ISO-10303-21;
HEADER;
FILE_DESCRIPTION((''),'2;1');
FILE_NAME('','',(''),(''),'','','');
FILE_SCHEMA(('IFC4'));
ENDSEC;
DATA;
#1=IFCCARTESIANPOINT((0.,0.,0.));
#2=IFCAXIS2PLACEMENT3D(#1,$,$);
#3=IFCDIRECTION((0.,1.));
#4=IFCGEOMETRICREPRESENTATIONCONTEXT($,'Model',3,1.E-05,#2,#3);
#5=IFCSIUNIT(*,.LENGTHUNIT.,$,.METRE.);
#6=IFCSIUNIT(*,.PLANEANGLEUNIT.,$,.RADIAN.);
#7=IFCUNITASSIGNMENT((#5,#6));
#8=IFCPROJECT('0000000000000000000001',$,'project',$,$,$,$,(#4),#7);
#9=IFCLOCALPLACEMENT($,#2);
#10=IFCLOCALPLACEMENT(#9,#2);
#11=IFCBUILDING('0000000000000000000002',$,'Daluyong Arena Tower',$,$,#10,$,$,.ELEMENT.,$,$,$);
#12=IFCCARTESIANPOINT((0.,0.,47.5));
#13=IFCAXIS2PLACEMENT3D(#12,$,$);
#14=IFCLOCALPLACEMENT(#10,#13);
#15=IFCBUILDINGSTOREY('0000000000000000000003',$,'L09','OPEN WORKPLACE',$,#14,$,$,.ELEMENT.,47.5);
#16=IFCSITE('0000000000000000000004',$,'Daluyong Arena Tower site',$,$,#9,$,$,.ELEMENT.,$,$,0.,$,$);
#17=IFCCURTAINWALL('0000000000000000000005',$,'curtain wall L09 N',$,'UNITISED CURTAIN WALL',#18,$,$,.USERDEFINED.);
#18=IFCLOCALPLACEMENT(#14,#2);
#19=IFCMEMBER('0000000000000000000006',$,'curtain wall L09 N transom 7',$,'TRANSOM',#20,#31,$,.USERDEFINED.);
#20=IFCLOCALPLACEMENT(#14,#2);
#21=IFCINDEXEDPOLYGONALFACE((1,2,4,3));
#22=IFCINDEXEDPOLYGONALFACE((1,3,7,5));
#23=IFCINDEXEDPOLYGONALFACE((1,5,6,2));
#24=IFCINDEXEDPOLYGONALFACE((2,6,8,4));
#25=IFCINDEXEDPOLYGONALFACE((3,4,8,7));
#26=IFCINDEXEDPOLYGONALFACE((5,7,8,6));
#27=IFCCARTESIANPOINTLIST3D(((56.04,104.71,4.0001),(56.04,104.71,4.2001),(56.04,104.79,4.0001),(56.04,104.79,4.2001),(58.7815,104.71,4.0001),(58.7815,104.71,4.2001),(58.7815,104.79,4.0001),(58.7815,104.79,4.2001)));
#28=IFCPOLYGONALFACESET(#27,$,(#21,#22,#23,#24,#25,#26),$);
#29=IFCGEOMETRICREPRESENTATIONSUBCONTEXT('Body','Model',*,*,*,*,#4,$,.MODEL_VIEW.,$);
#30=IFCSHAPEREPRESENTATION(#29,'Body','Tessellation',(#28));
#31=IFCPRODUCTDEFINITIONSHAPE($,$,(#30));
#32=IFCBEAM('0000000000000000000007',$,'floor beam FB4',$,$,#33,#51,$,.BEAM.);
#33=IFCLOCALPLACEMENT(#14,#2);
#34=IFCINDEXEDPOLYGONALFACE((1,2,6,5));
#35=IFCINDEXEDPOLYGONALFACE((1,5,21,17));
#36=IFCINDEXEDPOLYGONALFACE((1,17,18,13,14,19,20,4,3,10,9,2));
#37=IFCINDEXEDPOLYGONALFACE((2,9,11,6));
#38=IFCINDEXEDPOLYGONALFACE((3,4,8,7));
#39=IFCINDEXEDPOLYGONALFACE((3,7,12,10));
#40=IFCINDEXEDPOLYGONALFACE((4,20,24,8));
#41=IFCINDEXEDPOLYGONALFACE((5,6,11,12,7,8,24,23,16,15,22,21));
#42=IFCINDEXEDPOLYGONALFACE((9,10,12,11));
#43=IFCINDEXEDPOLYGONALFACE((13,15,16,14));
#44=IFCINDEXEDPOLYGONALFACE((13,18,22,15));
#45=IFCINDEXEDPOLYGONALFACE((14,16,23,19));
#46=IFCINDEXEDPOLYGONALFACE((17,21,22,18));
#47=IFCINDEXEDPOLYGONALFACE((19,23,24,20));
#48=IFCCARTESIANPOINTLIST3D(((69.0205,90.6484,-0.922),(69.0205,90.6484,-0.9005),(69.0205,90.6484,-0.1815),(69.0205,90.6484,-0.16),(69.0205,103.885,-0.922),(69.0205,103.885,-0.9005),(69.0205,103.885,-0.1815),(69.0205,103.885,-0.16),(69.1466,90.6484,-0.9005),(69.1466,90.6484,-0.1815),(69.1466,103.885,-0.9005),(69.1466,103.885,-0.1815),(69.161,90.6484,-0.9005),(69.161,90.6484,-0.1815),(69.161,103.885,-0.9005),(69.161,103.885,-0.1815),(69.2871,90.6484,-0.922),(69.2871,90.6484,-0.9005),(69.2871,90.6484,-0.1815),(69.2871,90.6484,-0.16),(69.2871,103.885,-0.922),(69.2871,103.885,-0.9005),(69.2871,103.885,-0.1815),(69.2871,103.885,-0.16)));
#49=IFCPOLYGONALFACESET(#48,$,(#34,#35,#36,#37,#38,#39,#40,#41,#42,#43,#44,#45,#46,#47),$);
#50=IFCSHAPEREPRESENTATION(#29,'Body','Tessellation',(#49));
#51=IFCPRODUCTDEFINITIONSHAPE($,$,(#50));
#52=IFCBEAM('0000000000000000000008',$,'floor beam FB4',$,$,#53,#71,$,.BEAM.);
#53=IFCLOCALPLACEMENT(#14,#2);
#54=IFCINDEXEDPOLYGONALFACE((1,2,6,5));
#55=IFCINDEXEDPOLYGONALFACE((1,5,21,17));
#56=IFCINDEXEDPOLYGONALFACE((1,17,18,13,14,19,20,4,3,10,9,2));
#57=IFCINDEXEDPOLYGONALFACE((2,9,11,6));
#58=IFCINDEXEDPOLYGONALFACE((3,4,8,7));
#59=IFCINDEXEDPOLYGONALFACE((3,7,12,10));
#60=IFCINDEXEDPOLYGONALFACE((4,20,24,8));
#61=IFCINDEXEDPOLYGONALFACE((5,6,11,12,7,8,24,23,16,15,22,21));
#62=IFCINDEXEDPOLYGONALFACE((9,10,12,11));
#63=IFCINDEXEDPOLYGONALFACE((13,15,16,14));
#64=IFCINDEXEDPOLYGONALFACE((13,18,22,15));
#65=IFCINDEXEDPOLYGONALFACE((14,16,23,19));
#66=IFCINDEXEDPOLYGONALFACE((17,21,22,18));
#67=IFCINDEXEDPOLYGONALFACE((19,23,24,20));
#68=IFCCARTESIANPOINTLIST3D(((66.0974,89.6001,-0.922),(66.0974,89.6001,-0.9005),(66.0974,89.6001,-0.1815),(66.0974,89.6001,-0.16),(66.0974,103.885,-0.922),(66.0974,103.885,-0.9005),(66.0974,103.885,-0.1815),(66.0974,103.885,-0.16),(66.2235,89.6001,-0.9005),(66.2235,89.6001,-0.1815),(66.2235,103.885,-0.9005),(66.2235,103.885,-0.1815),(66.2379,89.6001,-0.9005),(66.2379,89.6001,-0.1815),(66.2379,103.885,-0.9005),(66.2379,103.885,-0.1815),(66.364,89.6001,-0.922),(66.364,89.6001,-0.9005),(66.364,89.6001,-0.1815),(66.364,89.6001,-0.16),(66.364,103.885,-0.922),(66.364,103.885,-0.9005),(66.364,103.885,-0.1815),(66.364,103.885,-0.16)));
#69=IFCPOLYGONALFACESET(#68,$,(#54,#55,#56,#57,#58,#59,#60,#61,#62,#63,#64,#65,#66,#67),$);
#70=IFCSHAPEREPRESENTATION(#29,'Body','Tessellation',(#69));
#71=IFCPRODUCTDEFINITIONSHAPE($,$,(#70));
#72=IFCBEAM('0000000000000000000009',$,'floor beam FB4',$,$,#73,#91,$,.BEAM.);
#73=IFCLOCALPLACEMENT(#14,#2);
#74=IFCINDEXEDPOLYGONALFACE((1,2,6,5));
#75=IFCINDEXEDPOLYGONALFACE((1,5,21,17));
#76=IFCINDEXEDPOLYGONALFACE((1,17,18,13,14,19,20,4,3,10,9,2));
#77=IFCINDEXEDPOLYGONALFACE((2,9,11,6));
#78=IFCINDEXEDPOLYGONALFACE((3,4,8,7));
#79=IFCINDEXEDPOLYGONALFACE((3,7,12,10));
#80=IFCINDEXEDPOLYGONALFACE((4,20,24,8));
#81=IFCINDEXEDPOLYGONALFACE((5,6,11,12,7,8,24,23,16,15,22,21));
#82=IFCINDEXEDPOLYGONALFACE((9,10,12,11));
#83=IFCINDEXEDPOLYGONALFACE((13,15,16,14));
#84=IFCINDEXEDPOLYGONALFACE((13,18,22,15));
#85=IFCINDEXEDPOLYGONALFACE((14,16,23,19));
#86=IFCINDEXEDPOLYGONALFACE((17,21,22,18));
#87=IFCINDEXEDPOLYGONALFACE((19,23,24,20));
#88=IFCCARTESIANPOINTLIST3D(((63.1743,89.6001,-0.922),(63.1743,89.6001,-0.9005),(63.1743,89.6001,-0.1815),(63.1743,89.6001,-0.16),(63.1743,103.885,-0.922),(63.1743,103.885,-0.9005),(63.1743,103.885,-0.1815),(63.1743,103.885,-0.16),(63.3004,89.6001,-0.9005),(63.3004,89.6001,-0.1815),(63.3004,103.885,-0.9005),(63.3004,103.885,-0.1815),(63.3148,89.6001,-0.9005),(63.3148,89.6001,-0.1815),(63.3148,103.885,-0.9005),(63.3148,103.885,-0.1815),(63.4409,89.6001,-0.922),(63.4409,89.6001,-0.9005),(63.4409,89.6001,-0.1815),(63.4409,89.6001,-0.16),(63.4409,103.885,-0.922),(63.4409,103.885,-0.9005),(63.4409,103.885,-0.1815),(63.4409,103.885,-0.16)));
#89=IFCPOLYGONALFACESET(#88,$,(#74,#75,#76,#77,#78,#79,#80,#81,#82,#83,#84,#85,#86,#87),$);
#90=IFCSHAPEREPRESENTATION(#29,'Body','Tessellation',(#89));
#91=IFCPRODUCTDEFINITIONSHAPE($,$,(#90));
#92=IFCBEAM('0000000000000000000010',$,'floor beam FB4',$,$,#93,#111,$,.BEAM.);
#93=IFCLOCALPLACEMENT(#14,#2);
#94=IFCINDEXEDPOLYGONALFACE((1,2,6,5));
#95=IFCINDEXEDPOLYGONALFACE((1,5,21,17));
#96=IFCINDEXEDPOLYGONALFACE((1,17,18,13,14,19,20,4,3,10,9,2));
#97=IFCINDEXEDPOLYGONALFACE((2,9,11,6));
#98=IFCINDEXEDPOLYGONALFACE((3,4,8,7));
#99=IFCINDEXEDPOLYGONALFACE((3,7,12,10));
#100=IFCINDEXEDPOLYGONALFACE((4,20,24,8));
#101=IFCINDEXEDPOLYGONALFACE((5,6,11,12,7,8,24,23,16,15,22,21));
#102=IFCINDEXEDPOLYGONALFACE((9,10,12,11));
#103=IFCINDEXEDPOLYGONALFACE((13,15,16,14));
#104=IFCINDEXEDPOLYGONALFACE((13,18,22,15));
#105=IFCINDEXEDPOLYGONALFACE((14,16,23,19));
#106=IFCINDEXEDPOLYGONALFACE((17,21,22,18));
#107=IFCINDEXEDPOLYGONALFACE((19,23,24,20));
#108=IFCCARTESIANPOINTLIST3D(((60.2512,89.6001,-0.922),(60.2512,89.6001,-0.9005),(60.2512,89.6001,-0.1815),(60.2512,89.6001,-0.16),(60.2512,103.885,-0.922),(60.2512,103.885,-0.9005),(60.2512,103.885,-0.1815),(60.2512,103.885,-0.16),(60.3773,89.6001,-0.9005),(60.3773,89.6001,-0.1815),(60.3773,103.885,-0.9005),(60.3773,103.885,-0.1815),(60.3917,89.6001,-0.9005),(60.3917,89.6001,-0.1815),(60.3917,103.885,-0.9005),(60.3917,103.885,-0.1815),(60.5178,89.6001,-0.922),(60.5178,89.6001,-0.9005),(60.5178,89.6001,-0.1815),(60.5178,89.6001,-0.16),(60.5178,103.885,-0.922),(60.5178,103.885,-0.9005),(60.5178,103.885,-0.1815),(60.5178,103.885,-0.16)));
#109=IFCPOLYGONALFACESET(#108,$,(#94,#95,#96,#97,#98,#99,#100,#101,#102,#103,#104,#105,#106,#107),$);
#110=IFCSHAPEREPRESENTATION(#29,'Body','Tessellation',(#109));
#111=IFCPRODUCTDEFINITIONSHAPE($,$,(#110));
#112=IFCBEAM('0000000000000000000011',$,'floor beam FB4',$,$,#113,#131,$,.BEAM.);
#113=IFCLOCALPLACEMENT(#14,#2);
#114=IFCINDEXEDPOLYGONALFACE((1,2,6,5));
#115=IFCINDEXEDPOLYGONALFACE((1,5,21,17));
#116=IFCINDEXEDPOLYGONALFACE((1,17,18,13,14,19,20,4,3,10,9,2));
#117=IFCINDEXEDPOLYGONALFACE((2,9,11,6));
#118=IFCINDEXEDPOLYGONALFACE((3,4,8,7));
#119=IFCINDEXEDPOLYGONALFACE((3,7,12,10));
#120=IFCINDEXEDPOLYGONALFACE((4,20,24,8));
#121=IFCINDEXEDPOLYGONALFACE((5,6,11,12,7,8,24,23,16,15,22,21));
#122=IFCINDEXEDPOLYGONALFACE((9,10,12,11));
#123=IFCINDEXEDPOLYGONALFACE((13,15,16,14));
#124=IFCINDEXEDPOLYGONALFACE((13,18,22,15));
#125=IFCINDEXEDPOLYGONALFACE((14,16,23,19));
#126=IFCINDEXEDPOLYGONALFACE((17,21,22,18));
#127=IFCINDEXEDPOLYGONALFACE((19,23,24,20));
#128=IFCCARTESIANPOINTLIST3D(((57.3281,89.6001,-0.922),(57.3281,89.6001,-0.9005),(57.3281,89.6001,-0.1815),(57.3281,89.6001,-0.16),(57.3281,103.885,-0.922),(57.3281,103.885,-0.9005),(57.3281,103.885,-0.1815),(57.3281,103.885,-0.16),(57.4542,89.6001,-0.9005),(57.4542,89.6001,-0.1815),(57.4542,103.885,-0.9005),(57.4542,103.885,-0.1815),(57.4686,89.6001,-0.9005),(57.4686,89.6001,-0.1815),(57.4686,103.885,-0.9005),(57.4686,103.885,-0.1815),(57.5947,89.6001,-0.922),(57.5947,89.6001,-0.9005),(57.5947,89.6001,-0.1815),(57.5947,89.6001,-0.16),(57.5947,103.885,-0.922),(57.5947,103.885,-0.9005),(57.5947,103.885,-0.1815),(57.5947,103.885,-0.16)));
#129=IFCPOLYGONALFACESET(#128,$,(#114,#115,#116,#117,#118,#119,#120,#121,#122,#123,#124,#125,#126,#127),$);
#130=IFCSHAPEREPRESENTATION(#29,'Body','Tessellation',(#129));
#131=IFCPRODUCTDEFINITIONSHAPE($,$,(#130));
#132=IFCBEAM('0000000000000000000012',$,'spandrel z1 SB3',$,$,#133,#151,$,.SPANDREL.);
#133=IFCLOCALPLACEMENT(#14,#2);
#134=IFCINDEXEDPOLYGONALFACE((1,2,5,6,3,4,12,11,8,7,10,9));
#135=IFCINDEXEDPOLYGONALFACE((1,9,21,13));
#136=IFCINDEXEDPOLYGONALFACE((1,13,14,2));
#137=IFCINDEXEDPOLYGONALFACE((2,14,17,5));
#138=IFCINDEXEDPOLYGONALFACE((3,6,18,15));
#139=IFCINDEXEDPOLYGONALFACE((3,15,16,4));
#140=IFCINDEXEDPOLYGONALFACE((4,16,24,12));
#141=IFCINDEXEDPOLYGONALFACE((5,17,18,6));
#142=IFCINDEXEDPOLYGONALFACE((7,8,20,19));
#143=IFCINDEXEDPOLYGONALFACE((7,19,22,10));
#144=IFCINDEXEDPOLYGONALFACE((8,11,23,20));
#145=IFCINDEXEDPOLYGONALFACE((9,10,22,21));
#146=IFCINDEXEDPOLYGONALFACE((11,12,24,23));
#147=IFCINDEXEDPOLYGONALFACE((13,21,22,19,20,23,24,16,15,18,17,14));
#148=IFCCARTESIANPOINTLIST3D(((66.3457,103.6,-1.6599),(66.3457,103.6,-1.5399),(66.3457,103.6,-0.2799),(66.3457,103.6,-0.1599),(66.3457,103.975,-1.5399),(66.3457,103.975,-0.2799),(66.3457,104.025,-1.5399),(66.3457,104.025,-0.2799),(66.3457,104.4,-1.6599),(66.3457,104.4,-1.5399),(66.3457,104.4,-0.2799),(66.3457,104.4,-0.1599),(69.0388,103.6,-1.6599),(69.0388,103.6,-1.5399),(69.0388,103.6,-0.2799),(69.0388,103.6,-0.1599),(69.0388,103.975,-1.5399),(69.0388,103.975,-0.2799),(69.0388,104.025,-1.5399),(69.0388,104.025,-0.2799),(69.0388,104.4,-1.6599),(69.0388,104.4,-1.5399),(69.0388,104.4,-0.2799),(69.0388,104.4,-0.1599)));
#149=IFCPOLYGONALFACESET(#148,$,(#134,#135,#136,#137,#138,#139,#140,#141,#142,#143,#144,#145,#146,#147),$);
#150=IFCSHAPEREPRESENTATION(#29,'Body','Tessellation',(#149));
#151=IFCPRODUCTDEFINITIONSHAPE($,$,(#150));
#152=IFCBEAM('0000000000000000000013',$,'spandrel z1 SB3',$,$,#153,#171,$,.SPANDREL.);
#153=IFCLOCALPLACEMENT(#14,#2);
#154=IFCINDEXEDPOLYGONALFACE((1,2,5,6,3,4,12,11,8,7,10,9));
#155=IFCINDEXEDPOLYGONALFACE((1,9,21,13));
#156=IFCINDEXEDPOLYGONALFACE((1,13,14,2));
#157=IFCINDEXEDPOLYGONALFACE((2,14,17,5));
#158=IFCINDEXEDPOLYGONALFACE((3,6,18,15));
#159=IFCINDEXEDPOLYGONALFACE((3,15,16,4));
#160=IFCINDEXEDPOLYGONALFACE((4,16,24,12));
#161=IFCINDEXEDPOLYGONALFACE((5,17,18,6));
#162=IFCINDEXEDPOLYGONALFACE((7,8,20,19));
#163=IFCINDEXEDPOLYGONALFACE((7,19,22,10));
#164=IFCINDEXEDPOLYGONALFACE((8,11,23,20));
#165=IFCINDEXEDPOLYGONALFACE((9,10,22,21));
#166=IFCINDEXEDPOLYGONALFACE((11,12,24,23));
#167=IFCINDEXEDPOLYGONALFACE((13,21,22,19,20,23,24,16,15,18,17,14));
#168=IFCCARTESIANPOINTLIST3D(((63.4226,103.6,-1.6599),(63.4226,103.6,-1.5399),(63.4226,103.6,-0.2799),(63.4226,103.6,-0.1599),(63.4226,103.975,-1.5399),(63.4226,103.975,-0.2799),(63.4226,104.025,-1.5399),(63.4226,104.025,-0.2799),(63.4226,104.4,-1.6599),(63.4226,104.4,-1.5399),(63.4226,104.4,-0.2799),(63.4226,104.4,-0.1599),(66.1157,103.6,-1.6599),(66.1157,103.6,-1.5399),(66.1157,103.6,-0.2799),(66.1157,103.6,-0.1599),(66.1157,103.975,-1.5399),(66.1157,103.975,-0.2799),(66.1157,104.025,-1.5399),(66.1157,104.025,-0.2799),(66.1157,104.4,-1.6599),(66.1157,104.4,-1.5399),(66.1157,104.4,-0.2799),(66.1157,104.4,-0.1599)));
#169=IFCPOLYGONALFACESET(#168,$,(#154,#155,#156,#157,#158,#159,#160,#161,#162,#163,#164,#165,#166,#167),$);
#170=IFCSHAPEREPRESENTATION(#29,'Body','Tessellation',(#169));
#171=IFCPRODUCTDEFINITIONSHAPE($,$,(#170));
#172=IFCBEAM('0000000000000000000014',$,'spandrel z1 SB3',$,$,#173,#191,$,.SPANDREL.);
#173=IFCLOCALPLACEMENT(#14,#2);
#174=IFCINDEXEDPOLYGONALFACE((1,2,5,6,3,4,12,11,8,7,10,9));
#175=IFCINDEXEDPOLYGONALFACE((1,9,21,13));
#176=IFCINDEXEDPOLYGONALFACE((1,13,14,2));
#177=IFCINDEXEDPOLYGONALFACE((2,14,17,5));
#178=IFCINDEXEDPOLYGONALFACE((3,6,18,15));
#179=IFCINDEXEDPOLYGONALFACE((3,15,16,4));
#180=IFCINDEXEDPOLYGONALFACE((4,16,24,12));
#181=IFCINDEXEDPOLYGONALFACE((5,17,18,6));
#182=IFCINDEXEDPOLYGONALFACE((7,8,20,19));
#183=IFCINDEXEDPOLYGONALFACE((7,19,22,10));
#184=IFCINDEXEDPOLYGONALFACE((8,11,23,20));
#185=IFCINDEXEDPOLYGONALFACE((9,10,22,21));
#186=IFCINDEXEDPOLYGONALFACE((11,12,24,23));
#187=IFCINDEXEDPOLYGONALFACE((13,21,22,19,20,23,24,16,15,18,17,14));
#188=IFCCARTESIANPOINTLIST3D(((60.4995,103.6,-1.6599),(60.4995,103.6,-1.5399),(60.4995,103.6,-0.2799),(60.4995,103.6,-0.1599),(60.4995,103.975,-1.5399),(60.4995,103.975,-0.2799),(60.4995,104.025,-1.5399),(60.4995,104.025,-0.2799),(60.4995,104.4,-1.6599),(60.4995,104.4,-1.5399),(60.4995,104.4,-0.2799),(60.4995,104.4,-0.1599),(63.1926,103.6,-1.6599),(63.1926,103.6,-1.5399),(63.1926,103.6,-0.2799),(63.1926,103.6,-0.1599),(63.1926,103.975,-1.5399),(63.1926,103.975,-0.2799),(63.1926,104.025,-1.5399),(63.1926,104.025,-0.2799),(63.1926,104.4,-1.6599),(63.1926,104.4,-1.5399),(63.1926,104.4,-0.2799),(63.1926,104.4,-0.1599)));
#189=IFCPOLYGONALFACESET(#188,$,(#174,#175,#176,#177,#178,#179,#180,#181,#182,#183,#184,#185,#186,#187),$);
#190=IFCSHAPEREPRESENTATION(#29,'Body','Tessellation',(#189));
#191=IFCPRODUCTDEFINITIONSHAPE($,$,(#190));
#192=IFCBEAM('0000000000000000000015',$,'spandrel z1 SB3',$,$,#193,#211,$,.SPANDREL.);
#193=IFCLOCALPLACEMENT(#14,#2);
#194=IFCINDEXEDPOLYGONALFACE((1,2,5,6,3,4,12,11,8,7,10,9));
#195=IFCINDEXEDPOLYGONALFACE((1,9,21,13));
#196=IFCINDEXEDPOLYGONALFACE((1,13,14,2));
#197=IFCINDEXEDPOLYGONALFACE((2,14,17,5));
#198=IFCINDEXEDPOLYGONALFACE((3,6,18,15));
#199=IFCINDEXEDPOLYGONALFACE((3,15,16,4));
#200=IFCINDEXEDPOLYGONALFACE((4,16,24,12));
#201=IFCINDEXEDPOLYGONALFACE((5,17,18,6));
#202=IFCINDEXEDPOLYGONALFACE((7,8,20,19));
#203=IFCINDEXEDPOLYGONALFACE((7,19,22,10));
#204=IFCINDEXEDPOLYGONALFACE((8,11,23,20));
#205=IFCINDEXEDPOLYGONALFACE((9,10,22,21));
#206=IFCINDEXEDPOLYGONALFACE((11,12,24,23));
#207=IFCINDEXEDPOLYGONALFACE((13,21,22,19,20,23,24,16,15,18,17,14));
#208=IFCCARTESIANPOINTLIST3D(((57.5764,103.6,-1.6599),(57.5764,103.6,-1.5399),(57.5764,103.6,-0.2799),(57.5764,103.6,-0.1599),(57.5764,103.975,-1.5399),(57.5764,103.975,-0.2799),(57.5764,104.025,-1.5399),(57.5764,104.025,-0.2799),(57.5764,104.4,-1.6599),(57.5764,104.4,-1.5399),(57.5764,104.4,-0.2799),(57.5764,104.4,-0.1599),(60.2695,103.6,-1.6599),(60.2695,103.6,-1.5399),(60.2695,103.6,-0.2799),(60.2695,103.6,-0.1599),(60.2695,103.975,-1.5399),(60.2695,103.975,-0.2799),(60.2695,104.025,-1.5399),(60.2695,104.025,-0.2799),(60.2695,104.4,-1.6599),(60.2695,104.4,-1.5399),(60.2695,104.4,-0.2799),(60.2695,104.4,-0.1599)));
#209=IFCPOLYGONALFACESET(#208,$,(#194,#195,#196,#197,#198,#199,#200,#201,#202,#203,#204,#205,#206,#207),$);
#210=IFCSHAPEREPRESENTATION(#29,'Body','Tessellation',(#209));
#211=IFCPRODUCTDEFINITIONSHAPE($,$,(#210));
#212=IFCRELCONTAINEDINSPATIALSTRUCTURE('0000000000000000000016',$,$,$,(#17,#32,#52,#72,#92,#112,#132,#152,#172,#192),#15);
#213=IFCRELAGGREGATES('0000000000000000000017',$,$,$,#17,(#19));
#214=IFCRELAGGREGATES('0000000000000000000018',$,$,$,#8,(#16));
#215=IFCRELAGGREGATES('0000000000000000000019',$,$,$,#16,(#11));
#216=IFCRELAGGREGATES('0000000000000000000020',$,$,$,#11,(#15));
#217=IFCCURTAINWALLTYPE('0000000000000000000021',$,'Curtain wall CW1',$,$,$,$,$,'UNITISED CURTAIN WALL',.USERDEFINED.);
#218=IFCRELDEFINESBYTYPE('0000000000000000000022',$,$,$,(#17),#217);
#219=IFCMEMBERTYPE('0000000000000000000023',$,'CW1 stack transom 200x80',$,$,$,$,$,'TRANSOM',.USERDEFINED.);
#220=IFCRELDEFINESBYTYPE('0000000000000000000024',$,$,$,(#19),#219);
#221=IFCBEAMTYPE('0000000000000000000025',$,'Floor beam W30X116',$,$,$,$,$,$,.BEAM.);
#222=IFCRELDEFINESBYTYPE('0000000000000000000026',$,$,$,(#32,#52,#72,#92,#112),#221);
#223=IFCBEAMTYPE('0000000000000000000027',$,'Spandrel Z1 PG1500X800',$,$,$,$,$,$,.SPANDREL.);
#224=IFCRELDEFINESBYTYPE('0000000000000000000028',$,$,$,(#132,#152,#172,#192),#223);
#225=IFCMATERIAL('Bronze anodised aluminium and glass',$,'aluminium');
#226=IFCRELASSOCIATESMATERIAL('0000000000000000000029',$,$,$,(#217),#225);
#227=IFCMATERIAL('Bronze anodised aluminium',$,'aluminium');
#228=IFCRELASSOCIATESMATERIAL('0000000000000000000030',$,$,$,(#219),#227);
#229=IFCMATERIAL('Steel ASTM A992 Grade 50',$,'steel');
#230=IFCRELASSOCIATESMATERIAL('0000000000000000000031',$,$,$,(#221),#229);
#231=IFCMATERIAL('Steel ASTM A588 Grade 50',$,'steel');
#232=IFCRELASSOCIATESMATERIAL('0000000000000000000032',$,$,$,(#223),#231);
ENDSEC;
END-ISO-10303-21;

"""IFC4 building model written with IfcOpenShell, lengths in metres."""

from ifc_helpers import new_model, si_unit, direction, frame, origin, origin_2d, place, context, subcontext, project, spatial, rectangle, i_section, extrude, material, material_profile, profile_set, type_object, element, aggregate, save


model = new_model("IFC4")

# Units and contexts
model_context = context("Model", 3, precision=1e-05, world=origin(), true_north=direction((0.0, 1.0)))
body_context = subcontext(model_context, "Body", "Model", "MODEL_VIEW")
ifc_project = project(units=[si_unit("LENGTHUNIT", "METRE"), si_unit("PLANEANGLEUNIT", "RADIAN")], contexts=[model_context])

# Site, building, storey
site_placement = place(None, origin())
site = spatial("IfcSite", under=ifc_project, at=site_placement, Name="Daluyong Arena Tower site", CompositionType="ELEMENT", RefElevation=0.0)
building_placement = place(site_placement, origin())
building = spatial("IfcBuilding", under=site, at=building_placement, Name="Daluyong Arena Tower", CompositionType="ELEMENT")
storey_placement = place(building_placement, frame((0.0, 0.0, 47.5)))
storey = spatial("IfcBuildingStorey", under=building, at=storey_placement, Name="L09", Description="OPEN WORKPLACE", CompositionType="ELEMENT", Elevation=47.5)

# Curtain wall, member
ifc_material_1 = material(Name="Bronze anodised aluminium and glass", Category="aluminium")
curtain_wall_type = type_object("IfcCurtainWallType", Name="Curtain wall CW1", ElementType="UNITISED CURTAIN WALL", PredefinedType="USERDEFINED", material=ifc_material_1)
curtain_wall_placement = place(storey_placement, origin())
curtain_wall = element("IfcCurtainWall", 1, at=curtain_wall_placement, inside=storey, type_object=curtain_wall_type, Name="curtain wall L09 N", ObjectType="UNITISED CURTAIN WALL", PredefinedType="USERDEFINED")
ifc_material_2 = material(Name="Bronze anodised aluminium", Category="aluminium")
ifc_material_profile_1 = material_profile(ifc_material_2, rectangle(XDim=0.0801, YDim=0.2, at=origin_2d()))
ifc_profile_set_1 = profile_set([ifc_material_profile_1], Name="Bronze anodised aluminium")
member_type_1 = type_object("IfcMemberType", Name="CW1 stack transom 200x80", ElementType="TRANSOM", PredefinedType="USERDEFINED", material=ifc_profile_set_1)
member_1_placement = place(storey_placement, frame((58.7815, 104.75, 4.1001), z_axis=(-1.0, 0.0, 0.0), x_axis=(0.0, -1.0, 0.0)))
member_1 = element("IfcMember", 2, at=member_1_placement, type_object=member_type_1, Name="curtain wall L09 N transom 7", ObjectType="TRANSOM", PredefinedType="USERDEFINED", context=body_context, shape_type="SweptSolid", body=[
    extrude(rectangle(XDim=0.0801, YDim=0.2, at=origin_2d()), origin(), (0.0, 0.0, 1.0), 2.7415),
])

# Beams
ifc_material_3 = material(Name="Steel ASTM A992 Grade 50", Category="steel")
ifc_material_profile_2 = material_profile(ifc_material_3, i_section(OverallWidth=0.2666, OverallDepth=0.762, WebThickness=0.0144, FlangeThickness=0.0215, at=origin_2d()))
ifc_profile_set_2 = profile_set([ifc_material_profile_2], Name="Steel ASTM A992 Grade 50")
beam_type_1 = type_object("IfcBeamType", Name="Floor beam W30X116", PredefinedType="BEAM", material=ifc_profile_set_2)
beam_1_placement = place(storey_placement, frame((69.1538, 103.885, -0.541), z_axis=(0.0, -1.0, 0.0), x_axis=(1.0, 0.0, 0.0)))
element("IfcBeam", 3, at=beam_1_placement, inside=storey, type_object=beam_type_1, Name="floor beam FB4", PredefinedType="BEAM", context=body_context, shape_type="SweptSolid", body=[
    extrude(i_section(OverallWidth=0.2666, OverallDepth=0.762, WebThickness=0.0144, FlangeThickness=0.0215, at=origin_2d()), origin(), (0.0, 0.0, 1.0), 13.2366),
])
for number, where, z_axis, x_axis, name in (
    (4, (66.2307, 103.885, -0.541), (0.0, -1.0, 0.0), (1.0, 0.0, 0.0), "floor beam FB4"),
    (5, (63.3076, 103.885, -0.541), (0.0, -1.0, 0.0), (1.0, 0.0, 0.0), "floor beam FB4"),
    (6, (60.3845, 103.885, -0.541), (0.0, -1.0, 0.0), (1.0, 0.0, 0.0), "floor beam FB4"),
    (7, (57.4614, 103.885, -0.541), (0.0, -1.0, 0.0), (1.0, 0.0, 0.0), "floor beam FB4"),
):
    element("IfcBeam", number, at=place(storey_placement, frame(where, z_axis=z_axis, x_axis=x_axis)), inside=storey, type_object=beam_type_1, Name=name, PredefinedType="BEAM", context=body_context, shape_type="SweptSolid", body=[
        extrude(i_section(OverallWidth=0.2666, OverallDepth=0.762, WebThickness=0.0144, FlangeThickness=0.0215, at=origin_2d()), origin(), (0.0, 0.0, 1.0), 14.2849),
    ])
ifc_material_4 = material(Name="Steel ASTM A588 Grade 50", Category="steel")
ifc_material_profile_3 = material_profile(ifc_material_4, i_section(OverallWidth=0.8, OverallDepth=1.5, WebThickness=0.05, FlangeThickness=0.12, at=origin_2d()))
ifc_profile_set_3 = profile_set([ifc_material_profile_3], Name="Steel ASTM A588 Grade 50")
beam_type_2 = type_object("IfcBeamType", Name="Spandrel Z1 PG1500X800", PredefinedType="SPANDREL", material=ifc_profile_set_3)
for number, where, z_axis, x_axis, name in (
    (8, (69.0388, 104.0, -0.9099), (-1.0, 0.0, 0.0), (0.0, -1.0, 0.0), "spandrel z1 SB3"),
    (9, (66.1157, 104.0, -0.9099), (-1.0, 0.0, 0.0), (0.0, -1.0, 0.0), "spandrel z1 SB3"),
    (10, (63.1926, 104.0, -0.9099), (-1.0, 0.0, 0.0), (0.0, -1.0, 0.0), "spandrel z1 SB3"),
    (11, (60.2695, 104.0, -0.9099), (-1.0, 0.0, 0.0), (0.0, -1.0, 0.0), "spandrel z1 SB3"),
):
    element("IfcBeam", number, at=place(storey_placement, frame(where, z_axis=z_axis, x_axis=x_axis)), inside=storey, type_object=beam_type_2, Name=name, PredefinedType="SPANDREL", context=body_context, shape_type="SweptSolid", body=[
        extrude(i_section(OverallWidth=0.8, OverallDepth=1.5, WebThickness=0.05, FlangeThickness=0.12, at=origin_2d()), origin(), (0.0, 0.0, 1.0), 2.6931),
    ])

aggregate(curtain_wall, [member_1])

save(model, "model.ifc")
